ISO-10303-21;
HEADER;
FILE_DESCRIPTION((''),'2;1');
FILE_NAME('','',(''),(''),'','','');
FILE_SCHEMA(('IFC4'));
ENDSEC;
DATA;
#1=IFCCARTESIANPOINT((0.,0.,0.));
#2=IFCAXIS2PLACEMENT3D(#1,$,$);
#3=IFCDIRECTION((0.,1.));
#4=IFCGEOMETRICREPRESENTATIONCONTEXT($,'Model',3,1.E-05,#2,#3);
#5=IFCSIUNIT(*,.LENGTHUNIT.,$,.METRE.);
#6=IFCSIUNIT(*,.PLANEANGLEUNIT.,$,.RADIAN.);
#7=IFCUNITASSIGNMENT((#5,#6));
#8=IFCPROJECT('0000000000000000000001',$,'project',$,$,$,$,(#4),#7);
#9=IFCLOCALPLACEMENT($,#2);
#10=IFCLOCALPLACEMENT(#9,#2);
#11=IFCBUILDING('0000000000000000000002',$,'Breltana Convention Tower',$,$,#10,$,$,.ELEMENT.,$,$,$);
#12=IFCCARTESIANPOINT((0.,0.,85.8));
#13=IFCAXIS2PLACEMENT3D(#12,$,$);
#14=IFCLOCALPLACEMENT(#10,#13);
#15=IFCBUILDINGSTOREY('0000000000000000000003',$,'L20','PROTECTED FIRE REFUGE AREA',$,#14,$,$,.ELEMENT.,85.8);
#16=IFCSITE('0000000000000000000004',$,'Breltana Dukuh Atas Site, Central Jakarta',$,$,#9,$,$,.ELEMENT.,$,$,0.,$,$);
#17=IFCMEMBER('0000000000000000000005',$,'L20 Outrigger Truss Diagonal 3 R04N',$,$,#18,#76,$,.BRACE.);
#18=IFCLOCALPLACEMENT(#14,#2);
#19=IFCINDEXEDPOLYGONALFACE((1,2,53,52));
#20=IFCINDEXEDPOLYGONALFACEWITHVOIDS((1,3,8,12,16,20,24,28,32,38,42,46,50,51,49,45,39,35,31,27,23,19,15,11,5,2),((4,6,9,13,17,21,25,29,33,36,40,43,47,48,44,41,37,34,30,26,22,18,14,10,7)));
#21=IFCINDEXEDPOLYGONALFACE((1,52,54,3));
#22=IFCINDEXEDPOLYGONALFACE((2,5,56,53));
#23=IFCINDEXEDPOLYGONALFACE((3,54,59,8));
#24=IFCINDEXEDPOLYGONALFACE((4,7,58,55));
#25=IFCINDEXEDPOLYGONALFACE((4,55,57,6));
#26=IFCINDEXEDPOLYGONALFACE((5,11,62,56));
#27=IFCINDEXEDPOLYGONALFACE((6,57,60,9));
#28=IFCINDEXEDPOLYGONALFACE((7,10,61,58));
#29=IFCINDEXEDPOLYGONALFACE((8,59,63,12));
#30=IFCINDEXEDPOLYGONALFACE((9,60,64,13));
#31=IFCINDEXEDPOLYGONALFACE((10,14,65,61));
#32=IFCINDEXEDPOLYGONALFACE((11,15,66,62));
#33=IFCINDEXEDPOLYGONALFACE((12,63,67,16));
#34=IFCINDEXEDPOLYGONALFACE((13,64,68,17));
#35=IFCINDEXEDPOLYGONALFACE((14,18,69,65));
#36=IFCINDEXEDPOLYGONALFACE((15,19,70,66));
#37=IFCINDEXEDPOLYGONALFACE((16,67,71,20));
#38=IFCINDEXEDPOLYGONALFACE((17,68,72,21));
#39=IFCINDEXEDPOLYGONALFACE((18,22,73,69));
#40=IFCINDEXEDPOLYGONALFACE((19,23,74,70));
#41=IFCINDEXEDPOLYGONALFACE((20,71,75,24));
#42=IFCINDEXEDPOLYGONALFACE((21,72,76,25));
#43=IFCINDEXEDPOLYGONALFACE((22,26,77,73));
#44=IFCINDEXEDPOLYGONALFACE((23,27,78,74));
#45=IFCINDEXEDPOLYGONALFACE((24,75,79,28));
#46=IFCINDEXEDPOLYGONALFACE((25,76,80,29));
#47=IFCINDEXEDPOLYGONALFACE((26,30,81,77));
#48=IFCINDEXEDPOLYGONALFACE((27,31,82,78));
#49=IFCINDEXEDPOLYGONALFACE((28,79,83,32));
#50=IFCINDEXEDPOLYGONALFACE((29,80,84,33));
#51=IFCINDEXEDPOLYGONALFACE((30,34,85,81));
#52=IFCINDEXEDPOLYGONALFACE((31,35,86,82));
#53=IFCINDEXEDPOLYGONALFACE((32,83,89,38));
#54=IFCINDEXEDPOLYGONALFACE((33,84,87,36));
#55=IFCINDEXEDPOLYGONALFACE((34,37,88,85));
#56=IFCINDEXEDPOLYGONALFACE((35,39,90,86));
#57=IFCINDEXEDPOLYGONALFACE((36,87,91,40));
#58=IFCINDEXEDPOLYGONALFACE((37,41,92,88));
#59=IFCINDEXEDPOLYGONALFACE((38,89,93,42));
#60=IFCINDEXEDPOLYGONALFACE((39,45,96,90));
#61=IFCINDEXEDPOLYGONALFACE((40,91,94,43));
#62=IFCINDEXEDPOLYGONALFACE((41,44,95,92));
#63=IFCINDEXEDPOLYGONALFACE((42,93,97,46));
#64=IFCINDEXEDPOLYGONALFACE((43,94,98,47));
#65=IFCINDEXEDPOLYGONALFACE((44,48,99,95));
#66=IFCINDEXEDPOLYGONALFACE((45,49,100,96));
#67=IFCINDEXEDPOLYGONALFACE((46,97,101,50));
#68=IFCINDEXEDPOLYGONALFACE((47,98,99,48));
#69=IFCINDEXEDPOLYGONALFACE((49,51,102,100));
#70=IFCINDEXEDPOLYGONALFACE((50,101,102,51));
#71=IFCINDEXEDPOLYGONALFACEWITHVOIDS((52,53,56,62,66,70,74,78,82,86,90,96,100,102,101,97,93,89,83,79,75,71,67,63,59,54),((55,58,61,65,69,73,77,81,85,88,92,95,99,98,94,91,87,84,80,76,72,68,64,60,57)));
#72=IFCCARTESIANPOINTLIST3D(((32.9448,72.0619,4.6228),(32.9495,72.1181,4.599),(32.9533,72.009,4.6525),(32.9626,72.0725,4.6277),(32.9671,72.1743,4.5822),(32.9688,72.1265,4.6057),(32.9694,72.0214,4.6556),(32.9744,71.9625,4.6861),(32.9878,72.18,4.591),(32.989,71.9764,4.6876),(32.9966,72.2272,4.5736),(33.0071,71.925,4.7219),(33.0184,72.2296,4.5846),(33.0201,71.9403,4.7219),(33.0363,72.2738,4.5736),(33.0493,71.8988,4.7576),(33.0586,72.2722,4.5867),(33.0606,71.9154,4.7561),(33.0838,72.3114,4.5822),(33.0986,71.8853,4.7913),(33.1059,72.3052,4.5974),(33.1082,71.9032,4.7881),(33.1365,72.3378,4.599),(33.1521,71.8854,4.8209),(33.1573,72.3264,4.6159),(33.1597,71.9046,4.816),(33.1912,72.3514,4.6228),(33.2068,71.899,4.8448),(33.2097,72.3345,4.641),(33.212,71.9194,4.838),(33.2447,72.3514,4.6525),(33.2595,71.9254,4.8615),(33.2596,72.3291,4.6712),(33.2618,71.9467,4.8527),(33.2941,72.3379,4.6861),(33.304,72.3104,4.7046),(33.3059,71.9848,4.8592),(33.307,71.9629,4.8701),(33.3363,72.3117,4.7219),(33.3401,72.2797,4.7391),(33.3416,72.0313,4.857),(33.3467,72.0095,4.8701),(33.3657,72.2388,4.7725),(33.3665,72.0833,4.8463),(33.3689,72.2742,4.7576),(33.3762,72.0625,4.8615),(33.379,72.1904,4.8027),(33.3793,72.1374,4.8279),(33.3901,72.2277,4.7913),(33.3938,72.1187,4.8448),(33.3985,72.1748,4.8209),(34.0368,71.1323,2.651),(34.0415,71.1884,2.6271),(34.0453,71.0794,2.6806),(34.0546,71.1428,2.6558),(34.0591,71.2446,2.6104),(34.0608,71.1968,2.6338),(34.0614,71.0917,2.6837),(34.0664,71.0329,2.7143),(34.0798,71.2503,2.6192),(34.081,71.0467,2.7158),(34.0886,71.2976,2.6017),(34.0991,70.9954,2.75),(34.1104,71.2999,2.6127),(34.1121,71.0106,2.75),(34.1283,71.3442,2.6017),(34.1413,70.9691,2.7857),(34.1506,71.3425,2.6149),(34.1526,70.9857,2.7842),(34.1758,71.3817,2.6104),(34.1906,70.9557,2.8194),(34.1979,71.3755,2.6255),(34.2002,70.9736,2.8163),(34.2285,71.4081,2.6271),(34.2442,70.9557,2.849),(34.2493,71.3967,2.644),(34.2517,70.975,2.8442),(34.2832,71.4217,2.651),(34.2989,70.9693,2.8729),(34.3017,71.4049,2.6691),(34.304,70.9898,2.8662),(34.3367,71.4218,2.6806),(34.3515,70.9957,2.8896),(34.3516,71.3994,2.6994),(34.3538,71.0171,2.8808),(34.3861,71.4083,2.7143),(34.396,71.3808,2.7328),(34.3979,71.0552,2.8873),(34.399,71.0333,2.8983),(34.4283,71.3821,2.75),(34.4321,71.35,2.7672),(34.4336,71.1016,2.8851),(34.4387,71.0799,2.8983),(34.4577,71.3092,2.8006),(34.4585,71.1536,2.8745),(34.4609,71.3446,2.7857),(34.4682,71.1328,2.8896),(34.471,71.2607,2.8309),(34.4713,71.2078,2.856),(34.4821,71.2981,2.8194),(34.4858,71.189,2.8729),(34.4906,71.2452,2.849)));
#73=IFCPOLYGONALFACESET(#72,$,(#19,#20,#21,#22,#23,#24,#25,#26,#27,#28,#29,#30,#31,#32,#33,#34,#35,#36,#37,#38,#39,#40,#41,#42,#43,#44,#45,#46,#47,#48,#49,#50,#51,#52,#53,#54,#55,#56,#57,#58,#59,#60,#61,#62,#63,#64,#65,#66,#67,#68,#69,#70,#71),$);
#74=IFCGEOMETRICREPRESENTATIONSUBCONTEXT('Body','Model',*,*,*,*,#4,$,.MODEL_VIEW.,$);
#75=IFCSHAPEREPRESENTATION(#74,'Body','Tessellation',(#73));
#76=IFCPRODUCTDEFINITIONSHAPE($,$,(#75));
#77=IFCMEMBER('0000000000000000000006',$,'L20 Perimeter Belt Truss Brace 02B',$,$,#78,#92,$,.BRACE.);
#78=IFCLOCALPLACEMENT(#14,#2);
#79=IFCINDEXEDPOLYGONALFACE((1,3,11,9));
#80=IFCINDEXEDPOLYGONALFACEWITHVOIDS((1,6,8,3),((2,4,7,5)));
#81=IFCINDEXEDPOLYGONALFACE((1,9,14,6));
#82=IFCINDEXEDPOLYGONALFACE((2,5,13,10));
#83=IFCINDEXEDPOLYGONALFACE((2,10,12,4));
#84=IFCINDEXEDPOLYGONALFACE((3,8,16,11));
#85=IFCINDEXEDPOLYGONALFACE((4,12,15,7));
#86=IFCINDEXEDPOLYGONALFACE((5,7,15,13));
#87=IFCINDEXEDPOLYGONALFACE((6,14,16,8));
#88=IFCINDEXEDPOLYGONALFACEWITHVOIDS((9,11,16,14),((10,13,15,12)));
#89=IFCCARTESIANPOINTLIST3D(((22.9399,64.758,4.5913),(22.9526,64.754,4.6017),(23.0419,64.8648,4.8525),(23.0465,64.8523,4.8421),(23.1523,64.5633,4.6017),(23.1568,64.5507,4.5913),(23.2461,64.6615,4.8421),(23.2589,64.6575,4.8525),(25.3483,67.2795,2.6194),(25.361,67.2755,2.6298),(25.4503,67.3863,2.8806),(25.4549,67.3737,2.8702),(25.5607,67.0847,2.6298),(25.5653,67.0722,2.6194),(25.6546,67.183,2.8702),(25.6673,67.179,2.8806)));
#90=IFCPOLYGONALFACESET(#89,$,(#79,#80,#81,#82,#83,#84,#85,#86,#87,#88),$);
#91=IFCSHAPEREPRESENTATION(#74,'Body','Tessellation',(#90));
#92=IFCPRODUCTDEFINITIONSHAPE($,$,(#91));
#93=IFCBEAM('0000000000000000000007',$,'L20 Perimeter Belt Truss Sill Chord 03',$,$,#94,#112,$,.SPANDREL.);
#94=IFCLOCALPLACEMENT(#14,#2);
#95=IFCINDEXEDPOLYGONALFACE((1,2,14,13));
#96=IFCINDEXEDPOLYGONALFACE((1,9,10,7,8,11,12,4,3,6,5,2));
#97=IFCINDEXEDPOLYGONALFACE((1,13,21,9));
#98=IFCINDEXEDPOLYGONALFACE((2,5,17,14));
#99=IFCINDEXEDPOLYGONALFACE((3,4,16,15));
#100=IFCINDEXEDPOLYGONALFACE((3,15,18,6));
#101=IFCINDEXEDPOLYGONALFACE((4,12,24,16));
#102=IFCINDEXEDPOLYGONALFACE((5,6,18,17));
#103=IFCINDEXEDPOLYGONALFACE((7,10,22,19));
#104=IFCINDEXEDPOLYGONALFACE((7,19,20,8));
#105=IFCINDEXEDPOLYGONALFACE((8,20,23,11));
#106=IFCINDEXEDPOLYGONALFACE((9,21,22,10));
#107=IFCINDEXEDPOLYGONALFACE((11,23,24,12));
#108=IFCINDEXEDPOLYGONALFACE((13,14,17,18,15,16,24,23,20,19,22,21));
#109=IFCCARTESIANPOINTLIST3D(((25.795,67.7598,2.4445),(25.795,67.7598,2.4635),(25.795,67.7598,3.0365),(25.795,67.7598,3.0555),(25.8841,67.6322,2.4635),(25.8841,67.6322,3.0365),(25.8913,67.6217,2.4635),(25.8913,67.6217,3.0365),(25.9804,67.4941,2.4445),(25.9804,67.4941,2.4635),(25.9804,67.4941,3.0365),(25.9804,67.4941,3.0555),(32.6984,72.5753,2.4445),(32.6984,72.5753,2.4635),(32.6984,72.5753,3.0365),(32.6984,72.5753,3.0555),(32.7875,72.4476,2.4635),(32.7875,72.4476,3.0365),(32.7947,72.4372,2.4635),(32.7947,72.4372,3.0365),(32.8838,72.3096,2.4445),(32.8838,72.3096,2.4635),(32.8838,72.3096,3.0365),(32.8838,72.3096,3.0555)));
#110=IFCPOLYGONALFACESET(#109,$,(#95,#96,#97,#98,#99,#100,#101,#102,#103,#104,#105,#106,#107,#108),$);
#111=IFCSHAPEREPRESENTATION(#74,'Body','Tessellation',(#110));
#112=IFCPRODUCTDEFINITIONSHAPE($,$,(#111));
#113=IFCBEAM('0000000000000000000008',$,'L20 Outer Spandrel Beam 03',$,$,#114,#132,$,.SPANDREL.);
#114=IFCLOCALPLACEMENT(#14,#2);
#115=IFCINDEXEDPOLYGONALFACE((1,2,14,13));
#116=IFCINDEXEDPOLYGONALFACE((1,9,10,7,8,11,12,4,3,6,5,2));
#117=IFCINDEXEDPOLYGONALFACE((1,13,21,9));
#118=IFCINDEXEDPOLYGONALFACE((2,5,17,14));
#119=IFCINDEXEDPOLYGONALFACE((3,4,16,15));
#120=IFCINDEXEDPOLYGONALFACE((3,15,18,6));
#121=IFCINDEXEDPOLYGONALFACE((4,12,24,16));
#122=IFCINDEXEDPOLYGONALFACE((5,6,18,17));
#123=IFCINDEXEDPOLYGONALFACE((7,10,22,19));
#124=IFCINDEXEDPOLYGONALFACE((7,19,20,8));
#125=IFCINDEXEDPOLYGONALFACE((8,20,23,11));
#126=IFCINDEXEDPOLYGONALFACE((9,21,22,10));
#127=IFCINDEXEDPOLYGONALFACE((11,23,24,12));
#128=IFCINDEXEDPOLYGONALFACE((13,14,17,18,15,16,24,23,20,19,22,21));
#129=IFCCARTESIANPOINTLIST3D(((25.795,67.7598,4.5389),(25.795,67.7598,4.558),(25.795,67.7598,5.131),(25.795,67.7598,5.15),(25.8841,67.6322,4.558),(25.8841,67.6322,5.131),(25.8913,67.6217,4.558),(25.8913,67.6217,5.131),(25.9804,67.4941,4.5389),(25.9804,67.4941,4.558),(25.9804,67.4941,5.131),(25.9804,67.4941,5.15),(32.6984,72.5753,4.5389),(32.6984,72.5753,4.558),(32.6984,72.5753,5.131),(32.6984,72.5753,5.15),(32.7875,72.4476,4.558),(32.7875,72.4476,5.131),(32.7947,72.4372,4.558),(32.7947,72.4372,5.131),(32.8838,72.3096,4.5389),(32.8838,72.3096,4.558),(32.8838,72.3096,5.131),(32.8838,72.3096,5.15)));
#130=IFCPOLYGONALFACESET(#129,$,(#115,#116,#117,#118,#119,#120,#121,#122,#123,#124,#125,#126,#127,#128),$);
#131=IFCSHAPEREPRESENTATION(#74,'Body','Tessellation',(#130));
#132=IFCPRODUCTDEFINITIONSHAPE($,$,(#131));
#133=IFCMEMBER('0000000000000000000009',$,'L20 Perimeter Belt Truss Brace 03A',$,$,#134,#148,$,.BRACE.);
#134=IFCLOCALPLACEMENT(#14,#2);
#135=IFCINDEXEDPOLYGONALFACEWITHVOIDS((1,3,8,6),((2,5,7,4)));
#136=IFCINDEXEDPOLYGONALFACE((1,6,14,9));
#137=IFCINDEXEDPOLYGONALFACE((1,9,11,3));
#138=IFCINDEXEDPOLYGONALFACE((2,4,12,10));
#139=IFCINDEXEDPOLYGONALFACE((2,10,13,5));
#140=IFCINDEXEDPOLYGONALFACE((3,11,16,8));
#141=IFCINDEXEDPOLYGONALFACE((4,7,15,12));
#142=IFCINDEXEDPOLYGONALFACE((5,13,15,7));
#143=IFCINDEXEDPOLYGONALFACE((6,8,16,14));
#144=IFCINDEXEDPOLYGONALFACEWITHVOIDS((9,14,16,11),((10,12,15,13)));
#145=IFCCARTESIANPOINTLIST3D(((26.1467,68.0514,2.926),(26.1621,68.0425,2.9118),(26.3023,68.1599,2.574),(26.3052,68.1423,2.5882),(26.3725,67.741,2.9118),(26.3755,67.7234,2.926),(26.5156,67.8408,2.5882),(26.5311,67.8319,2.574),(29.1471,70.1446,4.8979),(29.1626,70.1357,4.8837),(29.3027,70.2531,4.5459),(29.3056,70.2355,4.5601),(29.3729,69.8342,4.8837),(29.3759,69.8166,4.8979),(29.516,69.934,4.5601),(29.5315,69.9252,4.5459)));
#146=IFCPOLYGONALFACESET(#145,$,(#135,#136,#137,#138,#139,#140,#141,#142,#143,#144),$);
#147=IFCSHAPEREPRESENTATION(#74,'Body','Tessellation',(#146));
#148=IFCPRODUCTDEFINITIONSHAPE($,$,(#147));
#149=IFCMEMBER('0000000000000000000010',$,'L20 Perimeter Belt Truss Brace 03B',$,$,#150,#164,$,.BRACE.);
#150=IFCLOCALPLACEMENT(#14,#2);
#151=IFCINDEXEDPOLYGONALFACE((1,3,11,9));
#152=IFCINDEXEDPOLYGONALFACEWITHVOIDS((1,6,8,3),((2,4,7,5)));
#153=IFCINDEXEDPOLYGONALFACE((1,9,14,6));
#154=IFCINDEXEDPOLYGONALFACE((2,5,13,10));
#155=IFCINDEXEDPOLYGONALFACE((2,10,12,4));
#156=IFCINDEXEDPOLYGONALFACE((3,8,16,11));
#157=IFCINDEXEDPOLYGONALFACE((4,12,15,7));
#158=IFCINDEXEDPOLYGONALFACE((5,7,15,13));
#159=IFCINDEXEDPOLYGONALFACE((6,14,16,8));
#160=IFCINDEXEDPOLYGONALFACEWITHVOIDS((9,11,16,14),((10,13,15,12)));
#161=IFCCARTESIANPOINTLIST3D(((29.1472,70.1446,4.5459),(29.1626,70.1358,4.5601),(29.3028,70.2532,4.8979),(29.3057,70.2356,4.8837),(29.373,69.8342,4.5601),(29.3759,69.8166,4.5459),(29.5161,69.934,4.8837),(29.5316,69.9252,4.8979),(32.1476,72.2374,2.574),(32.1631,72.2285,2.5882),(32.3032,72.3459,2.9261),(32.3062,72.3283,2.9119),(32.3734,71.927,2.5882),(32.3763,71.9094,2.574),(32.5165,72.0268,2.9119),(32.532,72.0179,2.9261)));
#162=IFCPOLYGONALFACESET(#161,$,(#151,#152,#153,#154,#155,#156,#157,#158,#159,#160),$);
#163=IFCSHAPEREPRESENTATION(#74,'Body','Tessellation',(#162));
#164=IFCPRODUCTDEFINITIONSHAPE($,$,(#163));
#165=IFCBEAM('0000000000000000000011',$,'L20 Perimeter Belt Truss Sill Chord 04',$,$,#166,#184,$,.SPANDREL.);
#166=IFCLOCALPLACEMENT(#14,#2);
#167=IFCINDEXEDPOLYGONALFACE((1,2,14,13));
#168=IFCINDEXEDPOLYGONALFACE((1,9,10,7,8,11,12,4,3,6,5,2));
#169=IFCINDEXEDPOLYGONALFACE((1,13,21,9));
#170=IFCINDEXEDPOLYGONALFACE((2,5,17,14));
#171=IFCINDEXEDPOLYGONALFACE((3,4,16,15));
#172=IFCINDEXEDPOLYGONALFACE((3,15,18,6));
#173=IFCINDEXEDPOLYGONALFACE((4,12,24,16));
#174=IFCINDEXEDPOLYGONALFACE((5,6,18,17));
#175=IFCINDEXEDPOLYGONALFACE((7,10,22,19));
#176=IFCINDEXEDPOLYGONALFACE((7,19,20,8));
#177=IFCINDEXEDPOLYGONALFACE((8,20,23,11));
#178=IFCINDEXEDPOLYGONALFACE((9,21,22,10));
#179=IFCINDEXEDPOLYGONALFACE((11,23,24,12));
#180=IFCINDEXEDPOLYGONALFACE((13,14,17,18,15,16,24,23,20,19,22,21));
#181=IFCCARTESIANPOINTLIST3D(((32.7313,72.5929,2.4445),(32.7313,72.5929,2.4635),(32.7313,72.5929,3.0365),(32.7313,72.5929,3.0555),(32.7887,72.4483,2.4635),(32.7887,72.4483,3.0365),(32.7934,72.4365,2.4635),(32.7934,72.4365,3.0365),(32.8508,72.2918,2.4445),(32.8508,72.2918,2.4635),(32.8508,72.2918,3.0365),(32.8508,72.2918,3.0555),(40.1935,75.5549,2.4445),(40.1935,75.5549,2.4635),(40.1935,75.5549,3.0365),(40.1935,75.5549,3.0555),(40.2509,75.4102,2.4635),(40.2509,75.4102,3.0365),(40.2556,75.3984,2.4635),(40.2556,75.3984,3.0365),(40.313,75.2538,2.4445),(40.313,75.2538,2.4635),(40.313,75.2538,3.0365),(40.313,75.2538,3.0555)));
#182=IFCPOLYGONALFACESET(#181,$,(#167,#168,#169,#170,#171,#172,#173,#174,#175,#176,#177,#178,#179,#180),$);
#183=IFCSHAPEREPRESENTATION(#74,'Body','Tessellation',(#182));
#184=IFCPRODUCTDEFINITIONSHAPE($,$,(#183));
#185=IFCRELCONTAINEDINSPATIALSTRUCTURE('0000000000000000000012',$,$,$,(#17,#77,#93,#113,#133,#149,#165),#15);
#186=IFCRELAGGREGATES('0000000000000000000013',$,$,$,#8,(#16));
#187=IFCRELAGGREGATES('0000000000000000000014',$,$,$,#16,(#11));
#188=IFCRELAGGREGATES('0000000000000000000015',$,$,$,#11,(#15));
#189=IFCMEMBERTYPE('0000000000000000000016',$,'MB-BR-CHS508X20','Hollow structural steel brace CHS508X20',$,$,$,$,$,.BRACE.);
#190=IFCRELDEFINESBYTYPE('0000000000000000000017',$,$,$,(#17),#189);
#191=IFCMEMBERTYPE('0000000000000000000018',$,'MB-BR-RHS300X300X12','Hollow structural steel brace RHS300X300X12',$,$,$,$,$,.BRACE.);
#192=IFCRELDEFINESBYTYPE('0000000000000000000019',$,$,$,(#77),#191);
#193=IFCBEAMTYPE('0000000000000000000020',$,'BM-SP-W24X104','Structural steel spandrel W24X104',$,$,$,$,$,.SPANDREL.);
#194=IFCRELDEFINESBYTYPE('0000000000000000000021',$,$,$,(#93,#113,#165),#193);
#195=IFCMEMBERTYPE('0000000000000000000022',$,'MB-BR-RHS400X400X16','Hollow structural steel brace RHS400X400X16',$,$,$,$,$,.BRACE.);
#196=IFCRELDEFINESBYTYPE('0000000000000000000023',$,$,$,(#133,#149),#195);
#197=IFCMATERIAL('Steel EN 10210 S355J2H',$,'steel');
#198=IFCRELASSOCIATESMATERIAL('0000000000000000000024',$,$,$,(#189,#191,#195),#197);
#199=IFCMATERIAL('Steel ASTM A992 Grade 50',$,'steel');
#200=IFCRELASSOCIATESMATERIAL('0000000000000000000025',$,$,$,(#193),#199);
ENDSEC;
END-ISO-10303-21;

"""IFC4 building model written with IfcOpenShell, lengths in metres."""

from ifc_helpers import new_model, si_unit, direction, frame, origin, origin_2d, place, context, subcontext, project, spatial, hollow_rectangle, hollow_circle, i_section, extrude, source, transform, mapped, material, material_profile, profile_set, type_object, type_shapes, element, save


model = new_model("IFC4")

# Units and contexts
model_context = context("Model", 3, precision=1e-05, world=origin(), true_north=direction((0.0, 1.0)))
body_context = subcontext(model_context, "Body", "Model", "MODEL_VIEW")
ifc_project = project(units=[si_unit("LENGTHUNIT", "METRE"), si_unit("PLANEANGLEUNIT", "RADIAN")], contexts=[model_context])

# Site, building, storey
site_placement = place(None, origin())
site = spatial("IfcSite", under=ifc_project, at=site_placement, Name="Breltana Dukuh Atas Site, Central Jakarta", CompositionType="ELEMENT", RefElevation=0.0)
building_placement = place(site_placement, origin())
building = spatial("IfcBuilding", under=site, at=building_placement, Name="Breltana Convention Tower", CompositionType="ELEMENT")
storey_placement = place(building_placement, frame((0.0, 0.0, 85.8)))
storey = spatial("IfcBuildingStorey", under=building, at=storey_placement, Name="L20", Description="PROTECTED FIRE REFUGE AREA", CompositionType="ELEMENT", Elevation=85.8)

# Members
ifc_material_1 = material(Name="Steel EN 10210 S355J2H", Category="steel")
ifc_material_profile_1 = material_profile(ifc_material_1, hollow_circle(Radius=0.2539, WallThickness=0.02, at=origin_2d()), Name="CHS508X20")
ifc_profile_set_1 = profile_set([ifc_material_profile_1], Name="Steel EN 10210 S355J2H")
member_type_1 = type_object("IfcMemberType", Name="MB-BR-CHS508X20", Description="Hollow structural steel brace CHS508X20", PredefinedType="BRACE", material=ifc_profile_set_1)
shared_shape_1 = source(origin(), body_context, "Body", "SweptSolid", [
    extrude(hollow_circle(Radius=0.2539, WallThickness=0.02, at=origin_2d()), origin(), (0.0, 0.0, 1.0), 2.4382),
])
for number, where, z_axis, x_axis, name in (
    (1, (34.2637, 71.1887, 2.75), (-0.447868, 0.381284, 0.808726), (-0.648236, -0.761439, 0.0), "L20 Outrigger Truss Diagonal 3 R04N"),
):
    element("IfcMember", number, at=place(storey_placement, frame(where, z_axis=z_axis, x_axis=x_axis)), inside=storey, type_object=member_type_1, Name=name, PredefinedType="BRACE", context=body_context, shape_type="MappedRepresentation", body=[
        mapped(shared_shape_1, transform((0.0, 0.0, 0.0), scale=1.0)),
    ])
ifc_material_profile_2 = material_profile(ifc_material_1, hollow_rectangle(XDim=0.3, YDim=0.3, WallThickness=0.012, at=origin_2d()), Name="RHS300X300X12")
ifc_profile_set_2 = profile_set([ifc_material_profile_2], Name="Steel EN 10210 S355J2H")
member_type_2 = type_object("IfcMemberType", Name="MB-BR-RHS300X300X12", Description="Hollow structural steel brace RHS300X300X12", PredefinedType="BRACE", material=ifc_profile_set_2)
shared_shape_2 = source(origin(), body_context, "Body", "SweptSolid", [
    extrude(hollow_rectangle(XDim=0.3, YDim=0.3, WallThickness=0.012, at=origin_2d()), origin(), (0.0, 0.0, 1.0), 4.0059),
])
type_shapes(member_type_2, [shared_shape_2])
member_1_placement = place(storey_placement, frame((23.0994, 64.7078, 4.7219), z_axis=(0.60123, 0.629448, -0.492259), x_axis=(-0.72313, 0.690712, 0.0)))
element("IfcMember", 2, at=member_1_placement, inside=storey, type_object=member_type_2, Name="L20 Perimeter Belt Truss Brace 02B", PredefinedType="BRACE", context=body_context, shape_type="MappedRepresentation", body=[
    mapped(shared_shape_2, transform((0.0, 0.0, 0.0), scale=1.0)),
])

# Beams
ifc_material_2 = material(Name="Steel ASTM A992 Grade 50", Category="steel")
ifc_material_profile_3 = material_profile(ifc_material_2, i_section(OverallWidth=0.324, OverallDepth=0.6111, WebThickness=0.0127, FlangeThickness=0.019, at=origin_2d()), Name="W24X104")
ifc_profile_set_3 = profile_set([ifc_material_profile_3], Name="Steel ASTM A992 Grade 50")
beam_type = type_object("IfcBeamType", Name="BM-SP-W24X104", Description="Structural steel spandrel W24X104", PredefinedType="SPANDREL", material=ifc_profile_set_3)
shared_shape_3 = source(origin(), body_context, "Body", "SweptSolid", [
    extrude(i_section(OverallWidth=0.324, OverallDepth=0.6111, WebThickness=0.0127, FlangeThickness=0.019, at=origin_2d()), origin(), (0.0, 0.0, 1.0), 8.417),
])
for number, where, z_axis, x_axis, name in (
    (3, (25.8877, 67.627, 2.75), (0.820174, 0.572114, 0.0), (-0.572114, 0.820174, 0.0), "L20 Perimeter Belt Truss Sill Chord 03"),
    (4, (25.8877, 67.627, 4.8445), (0.820174, 0.572114, 0.0), (-0.572114, 0.820174, 0.0), "L20 Outer Spandrel Beam 03"),
):
    element("IfcBeam", number, at=place(storey_placement, frame(where, z_axis=z_axis, x_axis=x_axis)), inside=storey, type_object=beam_type, Name=name, PredefinedType="SPANDREL", context=body_context, shape_type="MappedRepresentation", body=[
        mapped(shared_shape_3, transform((0.0, 0.0, 0.0), scale=1.0)),
    ])

# Members
ifc_material_profile_4 = material_profile(ifc_material_1, hollow_rectangle(XDim=0.3999, YDim=0.3999, WallThickness=0.0161, at=origin_2d()), Name="RHS400X400X16")
ifc_profile_set_4 = profile_set([ifc_material_profile_4], Name="Steel EN 10210 S355J2H")
member_type_3 = type_object("IfcMemberType", Name="MB-BR-RHS400X400X16", Description="Hollow structural steel brace RHS400X400X16", PredefinedType="BRACE", material=ifc_profile_set_4)
shared_shape_4 = source(origin(), body_context, "Body", "SweptSolid", [
    extrude(hollow_rectangle(XDim=0.3999, YDim=0.3999, WallThickness=0.0161, at=origin_2d()), origin(), (0.0, 0.0, 1.0), 4.156),
])
member_2_placement = place(storey_placement, frame((26.3389, 67.9417, 2.75), z_axis=(0.721948, 0.50366, 0.474465), x_axis=(-0.572163, 0.82014, 0.0)))
element("IfcMember", 5, at=member_2_placement, inside=storey, type_object=member_type_3, Name="L20 Perimeter Belt Truss Brace 03A", PredefinedType="BRACE", context=body_context, shape_type="MappedRepresentation", body=[
    mapped(shared_shape_4, transform((0.0, 0.0, 0.0), scale=1.0)),
])
shared_shape_5 = source(origin(), body_context, "Body", "SweptSolid", [
    extrude(hollow_rectangle(XDim=0.3999, YDim=0.3999, WallThickness=0.0161, at=origin_2d()), origin(), (0.0, 0.0, 1.0), 4.1558),
])
member_3_placement = place(storey_placement, frame((29.3394, 70.0349, 4.7219), z_axis=(0.721991, 0.503573, -0.474493), x_axis=(-0.572073, 0.820203, 0.0)))
element("IfcMember", 6, at=member_3_placement, inside=storey, type_object=member_type_3, Name="L20 Perimeter Belt Truss Brace 03B", PredefinedType="BRACE", context=body_context, shape_type="MappedRepresentation", body=[
    mapped(shared_shape_5, transform((0.0, 0.0, 0.0), scale=1.0)),
])

# Beam
shared_shape_6 = source(origin(), body_context, "Body", "SweptSolid", [
    extrude(i_section(OverallWidth=0.324, OverallDepth=0.6111, WebThickness=0.0127, FlangeThickness=0.019, at=origin_2d()), origin(), (0.0, 0.0, 1.0), 8.0286),
])
for number, where, z_axis, x_axis, name in (
    (7, (32.791, 72.4424, 2.75), (0.929459, 0.368925, 0.0), (-0.368925, 0.929459, 0.0), "L20 Perimeter Belt Truss Sill Chord 04"),
):
    element("IfcBeam", number, at=place(storey_placement, frame(where, z_axis=z_axis, x_axis=x_axis)), inside=storey, type_object=beam_type, Name=name, PredefinedType="SPANDREL", context=body_context, shape_type="MappedRepresentation", body=[
        mapped(shared_shape_6, transform((0.0, 0.0, 0.0), scale=1.0)),
    ])

save(model, "model.ifc")
